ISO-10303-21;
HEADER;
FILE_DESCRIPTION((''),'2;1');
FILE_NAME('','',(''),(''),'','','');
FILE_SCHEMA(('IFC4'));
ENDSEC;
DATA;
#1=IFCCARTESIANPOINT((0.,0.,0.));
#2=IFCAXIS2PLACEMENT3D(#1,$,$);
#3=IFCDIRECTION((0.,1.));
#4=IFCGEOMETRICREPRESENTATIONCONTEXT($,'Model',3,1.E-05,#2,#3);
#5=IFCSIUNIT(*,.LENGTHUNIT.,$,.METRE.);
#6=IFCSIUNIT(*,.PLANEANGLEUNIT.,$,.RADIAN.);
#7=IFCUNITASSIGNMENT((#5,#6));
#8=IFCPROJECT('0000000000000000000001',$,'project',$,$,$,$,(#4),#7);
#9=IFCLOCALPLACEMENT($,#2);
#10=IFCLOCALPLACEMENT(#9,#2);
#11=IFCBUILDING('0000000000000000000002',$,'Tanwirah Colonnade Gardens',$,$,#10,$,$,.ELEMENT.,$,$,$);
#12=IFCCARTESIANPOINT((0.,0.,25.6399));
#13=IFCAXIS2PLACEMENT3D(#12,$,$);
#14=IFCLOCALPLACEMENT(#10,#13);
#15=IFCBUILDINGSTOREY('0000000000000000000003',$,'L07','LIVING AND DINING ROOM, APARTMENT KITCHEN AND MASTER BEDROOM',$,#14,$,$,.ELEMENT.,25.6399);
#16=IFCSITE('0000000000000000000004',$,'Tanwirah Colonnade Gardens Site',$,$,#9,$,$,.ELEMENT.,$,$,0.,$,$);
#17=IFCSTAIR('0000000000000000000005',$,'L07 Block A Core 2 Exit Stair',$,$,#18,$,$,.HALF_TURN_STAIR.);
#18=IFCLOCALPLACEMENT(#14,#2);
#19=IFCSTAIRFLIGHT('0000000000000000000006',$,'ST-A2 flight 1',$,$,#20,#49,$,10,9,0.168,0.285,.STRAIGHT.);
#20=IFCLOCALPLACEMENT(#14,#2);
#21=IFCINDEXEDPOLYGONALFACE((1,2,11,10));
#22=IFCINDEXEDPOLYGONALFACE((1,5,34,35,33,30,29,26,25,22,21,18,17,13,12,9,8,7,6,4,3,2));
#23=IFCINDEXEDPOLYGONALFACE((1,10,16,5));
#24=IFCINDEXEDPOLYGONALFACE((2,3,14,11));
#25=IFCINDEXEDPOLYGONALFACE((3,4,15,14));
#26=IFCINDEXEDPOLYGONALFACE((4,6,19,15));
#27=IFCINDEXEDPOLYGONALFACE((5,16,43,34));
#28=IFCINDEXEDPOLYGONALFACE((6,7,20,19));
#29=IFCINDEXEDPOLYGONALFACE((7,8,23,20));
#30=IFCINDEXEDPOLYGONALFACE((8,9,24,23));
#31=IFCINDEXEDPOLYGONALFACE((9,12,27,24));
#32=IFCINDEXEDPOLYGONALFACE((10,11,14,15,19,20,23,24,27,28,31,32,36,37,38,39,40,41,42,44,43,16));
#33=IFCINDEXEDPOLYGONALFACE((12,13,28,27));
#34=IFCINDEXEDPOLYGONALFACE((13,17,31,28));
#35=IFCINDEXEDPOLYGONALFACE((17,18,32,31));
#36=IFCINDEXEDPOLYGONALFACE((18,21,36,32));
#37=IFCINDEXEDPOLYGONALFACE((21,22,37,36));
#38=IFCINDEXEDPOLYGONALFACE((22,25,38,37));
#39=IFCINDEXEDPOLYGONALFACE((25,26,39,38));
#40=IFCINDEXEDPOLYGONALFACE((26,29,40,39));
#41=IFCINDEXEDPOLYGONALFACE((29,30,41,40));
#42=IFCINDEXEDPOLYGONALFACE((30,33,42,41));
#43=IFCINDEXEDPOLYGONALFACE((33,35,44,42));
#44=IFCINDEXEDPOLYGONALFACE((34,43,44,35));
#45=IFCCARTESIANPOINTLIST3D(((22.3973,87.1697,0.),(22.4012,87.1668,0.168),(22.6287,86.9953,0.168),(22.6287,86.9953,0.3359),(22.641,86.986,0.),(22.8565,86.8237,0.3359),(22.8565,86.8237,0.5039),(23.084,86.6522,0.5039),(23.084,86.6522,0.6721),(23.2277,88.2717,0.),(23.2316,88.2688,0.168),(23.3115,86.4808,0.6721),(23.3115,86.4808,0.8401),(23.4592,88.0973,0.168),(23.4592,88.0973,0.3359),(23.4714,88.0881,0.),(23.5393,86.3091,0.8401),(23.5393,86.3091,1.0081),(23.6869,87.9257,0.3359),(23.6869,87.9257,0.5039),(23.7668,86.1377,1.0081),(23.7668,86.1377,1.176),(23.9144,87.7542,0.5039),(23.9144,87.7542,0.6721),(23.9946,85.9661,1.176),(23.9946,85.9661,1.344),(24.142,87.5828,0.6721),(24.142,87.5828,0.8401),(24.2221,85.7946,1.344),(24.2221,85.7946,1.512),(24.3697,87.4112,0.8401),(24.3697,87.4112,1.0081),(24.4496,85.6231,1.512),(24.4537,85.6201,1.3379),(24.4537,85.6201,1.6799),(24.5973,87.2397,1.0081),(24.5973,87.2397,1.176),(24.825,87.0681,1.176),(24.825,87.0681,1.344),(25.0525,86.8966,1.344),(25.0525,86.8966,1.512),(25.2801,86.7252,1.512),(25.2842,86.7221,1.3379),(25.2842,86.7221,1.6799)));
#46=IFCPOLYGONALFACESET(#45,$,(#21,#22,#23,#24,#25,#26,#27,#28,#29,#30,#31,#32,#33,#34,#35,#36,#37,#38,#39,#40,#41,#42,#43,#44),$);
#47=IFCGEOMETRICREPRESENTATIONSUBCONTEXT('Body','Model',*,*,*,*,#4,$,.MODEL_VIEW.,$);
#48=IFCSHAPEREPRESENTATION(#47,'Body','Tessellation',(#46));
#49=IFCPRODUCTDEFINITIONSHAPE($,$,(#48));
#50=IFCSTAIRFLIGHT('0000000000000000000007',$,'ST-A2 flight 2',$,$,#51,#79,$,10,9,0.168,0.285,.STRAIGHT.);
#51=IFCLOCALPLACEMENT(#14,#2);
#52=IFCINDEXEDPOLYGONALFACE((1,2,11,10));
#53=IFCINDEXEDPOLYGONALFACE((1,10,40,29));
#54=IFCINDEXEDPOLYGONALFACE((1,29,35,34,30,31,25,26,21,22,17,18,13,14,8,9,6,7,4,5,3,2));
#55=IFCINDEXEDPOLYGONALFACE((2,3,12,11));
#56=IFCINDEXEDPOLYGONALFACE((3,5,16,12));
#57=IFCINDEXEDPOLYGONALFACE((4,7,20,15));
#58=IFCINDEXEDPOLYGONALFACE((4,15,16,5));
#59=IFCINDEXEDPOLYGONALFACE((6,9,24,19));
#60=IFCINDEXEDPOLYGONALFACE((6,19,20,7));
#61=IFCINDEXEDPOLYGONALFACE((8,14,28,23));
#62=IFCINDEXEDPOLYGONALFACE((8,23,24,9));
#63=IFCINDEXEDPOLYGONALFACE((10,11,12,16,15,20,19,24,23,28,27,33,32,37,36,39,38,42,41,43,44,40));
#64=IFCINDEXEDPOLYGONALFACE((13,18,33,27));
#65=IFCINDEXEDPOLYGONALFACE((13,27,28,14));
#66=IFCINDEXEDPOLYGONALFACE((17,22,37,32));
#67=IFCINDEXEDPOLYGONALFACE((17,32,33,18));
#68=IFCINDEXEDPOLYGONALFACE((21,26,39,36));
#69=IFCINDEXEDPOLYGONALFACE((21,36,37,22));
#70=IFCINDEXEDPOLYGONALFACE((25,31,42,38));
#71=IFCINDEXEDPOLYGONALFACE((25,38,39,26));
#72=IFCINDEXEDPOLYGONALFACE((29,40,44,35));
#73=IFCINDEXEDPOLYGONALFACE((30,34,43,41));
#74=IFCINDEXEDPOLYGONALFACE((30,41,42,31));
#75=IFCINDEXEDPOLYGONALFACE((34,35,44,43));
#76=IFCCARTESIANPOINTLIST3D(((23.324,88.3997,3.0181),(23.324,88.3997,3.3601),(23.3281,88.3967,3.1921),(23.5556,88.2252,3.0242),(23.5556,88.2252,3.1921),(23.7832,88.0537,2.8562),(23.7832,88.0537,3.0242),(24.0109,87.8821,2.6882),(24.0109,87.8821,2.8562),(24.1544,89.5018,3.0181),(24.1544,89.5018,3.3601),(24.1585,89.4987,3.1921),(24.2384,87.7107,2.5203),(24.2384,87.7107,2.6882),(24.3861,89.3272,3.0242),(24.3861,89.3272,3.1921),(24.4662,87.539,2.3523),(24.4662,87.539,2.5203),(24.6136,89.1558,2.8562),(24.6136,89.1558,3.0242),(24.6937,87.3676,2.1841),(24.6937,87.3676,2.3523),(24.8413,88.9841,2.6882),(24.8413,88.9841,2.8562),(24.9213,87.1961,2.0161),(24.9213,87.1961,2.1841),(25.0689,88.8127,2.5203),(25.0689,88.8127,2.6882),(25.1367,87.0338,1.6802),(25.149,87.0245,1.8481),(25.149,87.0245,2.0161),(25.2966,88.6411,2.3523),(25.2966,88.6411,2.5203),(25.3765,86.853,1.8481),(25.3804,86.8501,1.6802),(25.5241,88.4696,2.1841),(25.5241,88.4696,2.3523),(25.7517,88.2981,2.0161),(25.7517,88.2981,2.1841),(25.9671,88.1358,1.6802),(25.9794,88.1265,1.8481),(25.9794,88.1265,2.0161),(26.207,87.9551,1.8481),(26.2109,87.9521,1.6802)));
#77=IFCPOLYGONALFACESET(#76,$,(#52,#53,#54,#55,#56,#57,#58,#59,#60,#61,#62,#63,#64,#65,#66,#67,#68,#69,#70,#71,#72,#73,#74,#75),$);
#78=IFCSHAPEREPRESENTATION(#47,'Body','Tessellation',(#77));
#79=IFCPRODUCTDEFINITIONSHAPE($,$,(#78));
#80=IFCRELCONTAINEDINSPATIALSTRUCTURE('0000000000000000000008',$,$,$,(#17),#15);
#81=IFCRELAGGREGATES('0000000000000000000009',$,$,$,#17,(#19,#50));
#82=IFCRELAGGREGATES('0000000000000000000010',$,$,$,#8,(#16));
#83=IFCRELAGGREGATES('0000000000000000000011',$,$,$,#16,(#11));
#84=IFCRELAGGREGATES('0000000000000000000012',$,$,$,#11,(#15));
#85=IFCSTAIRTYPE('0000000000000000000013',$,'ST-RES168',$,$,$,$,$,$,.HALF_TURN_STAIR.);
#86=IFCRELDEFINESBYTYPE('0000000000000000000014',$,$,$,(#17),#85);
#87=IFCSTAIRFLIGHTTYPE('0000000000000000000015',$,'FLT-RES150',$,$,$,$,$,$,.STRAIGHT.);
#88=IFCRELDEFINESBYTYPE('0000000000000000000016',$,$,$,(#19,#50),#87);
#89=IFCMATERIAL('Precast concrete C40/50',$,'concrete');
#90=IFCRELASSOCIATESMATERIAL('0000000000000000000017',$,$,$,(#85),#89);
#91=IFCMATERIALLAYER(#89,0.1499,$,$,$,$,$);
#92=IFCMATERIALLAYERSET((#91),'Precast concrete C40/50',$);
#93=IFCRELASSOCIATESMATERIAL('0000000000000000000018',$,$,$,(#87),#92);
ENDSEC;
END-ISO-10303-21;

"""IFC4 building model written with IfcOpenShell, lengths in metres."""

from ifc_helpers import new_model, si_unit, direction, frame, origin, place, context, subcontext, project, spatial, polyline, outline, extrude, material, layer, layer_set, type_object, element, aggregate, save


model = new_model("IFC4")

# Units and contexts
model_context = context("Model", 3, precision=1e-05, world=origin(), true_north=direction((0.0, 1.0)))
body_context = subcontext(model_context, "Body", "Model", "MODEL_VIEW")
ifc_project = project(units=[si_unit("LENGTHUNIT", "METRE"), si_unit("PLANEANGLEUNIT", "RADIAN")], contexts=[model_context])

# Site, building, storey
site_placement = place(None, origin())
site = spatial("IfcSite", under=ifc_project, at=site_placement, Name="Tanwirah Colonnade Gardens Site", CompositionType="ELEMENT", RefElevation=0.0)
building_placement = place(site_placement, origin())
building = spatial("IfcBuilding", under=site, at=building_placement, Name="Tanwirah Colonnade Gardens", CompositionType="ELEMENT")
storey_placement = place(building_placement, frame((0.0, 0.0, 25.6399)))
storey = spatial("IfcBuildingStorey", under=building, at=storey_placement, Name="L07", Description="LIVING AND DINING ROOM, APARTMENT KITCHEN AND MASTER BEDROOM", CompositionType="ELEMENT", Elevation=25.6399)

# Shared definitions
ifc_material_1 = material(Name="Precast concrete C40/50", Category="concrete")

# Stair, stair flights
stair_type = type_object("IfcStairType", Name="ST-RES168", PredefinedType="HALF_TURN_STAIR", material=ifc_material_1)
stair_placement = place(storey_placement, origin())
stair = element("IfcStair", 1, at=stair_placement, inside=storey, type_object=stair_type, Name="L07 Block A Core 2 Exit Stair", PredefinedType="HALF_TURN_STAIR")
ifc_layer_1 = layer(ifc_material_1, 0.1499)
ifc_layer_set_1 = layer_set([ifc_layer_1], Name="Precast concrete C40/50")
stair_flight_type = type_object("IfcStairFlightType", Name="FLT-RES150", PredefinedType="STRAIGHT", material=ifc_layer_set_1)
stair_flight_1_placement = place(storey_placement, frame((22.8164, 87.7178, 0.0), z_axis=(0.0, 0.0, 1.0), x_axis=(0.798636, -0.601815, 0.0)))
stair_flight_1 = element("IfcStairFlight", 2, at=stair_flight_1_placement, type_object=stair_flight_type, Name="ST-A2 flight 1", NumberOfRisers=10, NumberOfTreads=9, PredefinedType="STRAIGHT", RiserHeight=0.168, TreadLength=0.285, context=body_context, shape_type="SweptSolid", body=[
    extrude(outline(polyline([(-0.0049, 0.0), (0.0, 0.168), (0.2849, 0.168), (0.2849, 0.3359), (0.5701, 0.3359), (0.5701, 0.5039), (0.855, 0.5039), (0.855, 0.6721), (1.1399, 0.6721), (1.1399, 0.8401), (1.425, 0.8401), (1.425, 1.0081), (1.71, 1.0081), (1.71, 1.176), (1.9951, 1.176), (1.9951, 1.344), (2.28, 1.344), (2.28, 1.512), (2.5649, 1.512), (2.5701, 1.6799), (2.5701, 1.3379), (0.3003, 0.0), (-0.0049, 0.0)])), frame((0.0, 0.6899, 0.0), z_axis=(0.0, -1.0, 0.0), x_axis=(1.0, 0.0, 0.0)), (0.0, 0.0, 1.0), 1.3799),
])
stair_flight_2_placement = place(storey_placement, frame((25.7917, 87.4041, 1.6802), z_axis=(0.0, 0.0, 1.0), x_axis=(-0.798636, 0.601815, 0.0)))
stair_flight_2 = element("IfcStairFlight", 3, at=stair_flight_2_placement, type_object=stair_flight_type, Name="ST-A2 flight 2", NumberOfRisers=10, NumberOfTreads=9, PredefinedType="STRAIGHT", RiserHeight=0.168, TreadLength=0.285, context=body_context, shape_type="SweptSolid", body=[
    extrude(outline(polyline([(-0.0049, 0.0), (0.0, 0.168), (0.2849, 0.168), (0.2849, 0.3359), (0.5701, 0.3359), (0.5701, 0.5039), (0.855, 0.5039), (0.855, 0.6721), (1.1399, 0.6721), (1.1399, 0.8401), (1.425, 0.8401), (1.425, 1.0081), (1.71, 1.0081), (1.71, 1.176), (1.9951, 1.176), (1.9951, 1.344), (2.28, 1.344), (2.28, 1.512), (2.5649, 1.512), (2.5701, 1.6799), (2.5701, 1.3379), (0.3003, 0.0), (-0.0049, 0.0)])), frame((0.0, 0.6899, 0.0), z_axis=(0.0, -1.0, 0.0), x_axis=(1.0, 0.0, 0.0)), (0.0, 0.0, 1.0), 1.3799),
])
aggregate(stair, [stair_flight_1, stair_flight_2])

save(model, "model.ifc")
